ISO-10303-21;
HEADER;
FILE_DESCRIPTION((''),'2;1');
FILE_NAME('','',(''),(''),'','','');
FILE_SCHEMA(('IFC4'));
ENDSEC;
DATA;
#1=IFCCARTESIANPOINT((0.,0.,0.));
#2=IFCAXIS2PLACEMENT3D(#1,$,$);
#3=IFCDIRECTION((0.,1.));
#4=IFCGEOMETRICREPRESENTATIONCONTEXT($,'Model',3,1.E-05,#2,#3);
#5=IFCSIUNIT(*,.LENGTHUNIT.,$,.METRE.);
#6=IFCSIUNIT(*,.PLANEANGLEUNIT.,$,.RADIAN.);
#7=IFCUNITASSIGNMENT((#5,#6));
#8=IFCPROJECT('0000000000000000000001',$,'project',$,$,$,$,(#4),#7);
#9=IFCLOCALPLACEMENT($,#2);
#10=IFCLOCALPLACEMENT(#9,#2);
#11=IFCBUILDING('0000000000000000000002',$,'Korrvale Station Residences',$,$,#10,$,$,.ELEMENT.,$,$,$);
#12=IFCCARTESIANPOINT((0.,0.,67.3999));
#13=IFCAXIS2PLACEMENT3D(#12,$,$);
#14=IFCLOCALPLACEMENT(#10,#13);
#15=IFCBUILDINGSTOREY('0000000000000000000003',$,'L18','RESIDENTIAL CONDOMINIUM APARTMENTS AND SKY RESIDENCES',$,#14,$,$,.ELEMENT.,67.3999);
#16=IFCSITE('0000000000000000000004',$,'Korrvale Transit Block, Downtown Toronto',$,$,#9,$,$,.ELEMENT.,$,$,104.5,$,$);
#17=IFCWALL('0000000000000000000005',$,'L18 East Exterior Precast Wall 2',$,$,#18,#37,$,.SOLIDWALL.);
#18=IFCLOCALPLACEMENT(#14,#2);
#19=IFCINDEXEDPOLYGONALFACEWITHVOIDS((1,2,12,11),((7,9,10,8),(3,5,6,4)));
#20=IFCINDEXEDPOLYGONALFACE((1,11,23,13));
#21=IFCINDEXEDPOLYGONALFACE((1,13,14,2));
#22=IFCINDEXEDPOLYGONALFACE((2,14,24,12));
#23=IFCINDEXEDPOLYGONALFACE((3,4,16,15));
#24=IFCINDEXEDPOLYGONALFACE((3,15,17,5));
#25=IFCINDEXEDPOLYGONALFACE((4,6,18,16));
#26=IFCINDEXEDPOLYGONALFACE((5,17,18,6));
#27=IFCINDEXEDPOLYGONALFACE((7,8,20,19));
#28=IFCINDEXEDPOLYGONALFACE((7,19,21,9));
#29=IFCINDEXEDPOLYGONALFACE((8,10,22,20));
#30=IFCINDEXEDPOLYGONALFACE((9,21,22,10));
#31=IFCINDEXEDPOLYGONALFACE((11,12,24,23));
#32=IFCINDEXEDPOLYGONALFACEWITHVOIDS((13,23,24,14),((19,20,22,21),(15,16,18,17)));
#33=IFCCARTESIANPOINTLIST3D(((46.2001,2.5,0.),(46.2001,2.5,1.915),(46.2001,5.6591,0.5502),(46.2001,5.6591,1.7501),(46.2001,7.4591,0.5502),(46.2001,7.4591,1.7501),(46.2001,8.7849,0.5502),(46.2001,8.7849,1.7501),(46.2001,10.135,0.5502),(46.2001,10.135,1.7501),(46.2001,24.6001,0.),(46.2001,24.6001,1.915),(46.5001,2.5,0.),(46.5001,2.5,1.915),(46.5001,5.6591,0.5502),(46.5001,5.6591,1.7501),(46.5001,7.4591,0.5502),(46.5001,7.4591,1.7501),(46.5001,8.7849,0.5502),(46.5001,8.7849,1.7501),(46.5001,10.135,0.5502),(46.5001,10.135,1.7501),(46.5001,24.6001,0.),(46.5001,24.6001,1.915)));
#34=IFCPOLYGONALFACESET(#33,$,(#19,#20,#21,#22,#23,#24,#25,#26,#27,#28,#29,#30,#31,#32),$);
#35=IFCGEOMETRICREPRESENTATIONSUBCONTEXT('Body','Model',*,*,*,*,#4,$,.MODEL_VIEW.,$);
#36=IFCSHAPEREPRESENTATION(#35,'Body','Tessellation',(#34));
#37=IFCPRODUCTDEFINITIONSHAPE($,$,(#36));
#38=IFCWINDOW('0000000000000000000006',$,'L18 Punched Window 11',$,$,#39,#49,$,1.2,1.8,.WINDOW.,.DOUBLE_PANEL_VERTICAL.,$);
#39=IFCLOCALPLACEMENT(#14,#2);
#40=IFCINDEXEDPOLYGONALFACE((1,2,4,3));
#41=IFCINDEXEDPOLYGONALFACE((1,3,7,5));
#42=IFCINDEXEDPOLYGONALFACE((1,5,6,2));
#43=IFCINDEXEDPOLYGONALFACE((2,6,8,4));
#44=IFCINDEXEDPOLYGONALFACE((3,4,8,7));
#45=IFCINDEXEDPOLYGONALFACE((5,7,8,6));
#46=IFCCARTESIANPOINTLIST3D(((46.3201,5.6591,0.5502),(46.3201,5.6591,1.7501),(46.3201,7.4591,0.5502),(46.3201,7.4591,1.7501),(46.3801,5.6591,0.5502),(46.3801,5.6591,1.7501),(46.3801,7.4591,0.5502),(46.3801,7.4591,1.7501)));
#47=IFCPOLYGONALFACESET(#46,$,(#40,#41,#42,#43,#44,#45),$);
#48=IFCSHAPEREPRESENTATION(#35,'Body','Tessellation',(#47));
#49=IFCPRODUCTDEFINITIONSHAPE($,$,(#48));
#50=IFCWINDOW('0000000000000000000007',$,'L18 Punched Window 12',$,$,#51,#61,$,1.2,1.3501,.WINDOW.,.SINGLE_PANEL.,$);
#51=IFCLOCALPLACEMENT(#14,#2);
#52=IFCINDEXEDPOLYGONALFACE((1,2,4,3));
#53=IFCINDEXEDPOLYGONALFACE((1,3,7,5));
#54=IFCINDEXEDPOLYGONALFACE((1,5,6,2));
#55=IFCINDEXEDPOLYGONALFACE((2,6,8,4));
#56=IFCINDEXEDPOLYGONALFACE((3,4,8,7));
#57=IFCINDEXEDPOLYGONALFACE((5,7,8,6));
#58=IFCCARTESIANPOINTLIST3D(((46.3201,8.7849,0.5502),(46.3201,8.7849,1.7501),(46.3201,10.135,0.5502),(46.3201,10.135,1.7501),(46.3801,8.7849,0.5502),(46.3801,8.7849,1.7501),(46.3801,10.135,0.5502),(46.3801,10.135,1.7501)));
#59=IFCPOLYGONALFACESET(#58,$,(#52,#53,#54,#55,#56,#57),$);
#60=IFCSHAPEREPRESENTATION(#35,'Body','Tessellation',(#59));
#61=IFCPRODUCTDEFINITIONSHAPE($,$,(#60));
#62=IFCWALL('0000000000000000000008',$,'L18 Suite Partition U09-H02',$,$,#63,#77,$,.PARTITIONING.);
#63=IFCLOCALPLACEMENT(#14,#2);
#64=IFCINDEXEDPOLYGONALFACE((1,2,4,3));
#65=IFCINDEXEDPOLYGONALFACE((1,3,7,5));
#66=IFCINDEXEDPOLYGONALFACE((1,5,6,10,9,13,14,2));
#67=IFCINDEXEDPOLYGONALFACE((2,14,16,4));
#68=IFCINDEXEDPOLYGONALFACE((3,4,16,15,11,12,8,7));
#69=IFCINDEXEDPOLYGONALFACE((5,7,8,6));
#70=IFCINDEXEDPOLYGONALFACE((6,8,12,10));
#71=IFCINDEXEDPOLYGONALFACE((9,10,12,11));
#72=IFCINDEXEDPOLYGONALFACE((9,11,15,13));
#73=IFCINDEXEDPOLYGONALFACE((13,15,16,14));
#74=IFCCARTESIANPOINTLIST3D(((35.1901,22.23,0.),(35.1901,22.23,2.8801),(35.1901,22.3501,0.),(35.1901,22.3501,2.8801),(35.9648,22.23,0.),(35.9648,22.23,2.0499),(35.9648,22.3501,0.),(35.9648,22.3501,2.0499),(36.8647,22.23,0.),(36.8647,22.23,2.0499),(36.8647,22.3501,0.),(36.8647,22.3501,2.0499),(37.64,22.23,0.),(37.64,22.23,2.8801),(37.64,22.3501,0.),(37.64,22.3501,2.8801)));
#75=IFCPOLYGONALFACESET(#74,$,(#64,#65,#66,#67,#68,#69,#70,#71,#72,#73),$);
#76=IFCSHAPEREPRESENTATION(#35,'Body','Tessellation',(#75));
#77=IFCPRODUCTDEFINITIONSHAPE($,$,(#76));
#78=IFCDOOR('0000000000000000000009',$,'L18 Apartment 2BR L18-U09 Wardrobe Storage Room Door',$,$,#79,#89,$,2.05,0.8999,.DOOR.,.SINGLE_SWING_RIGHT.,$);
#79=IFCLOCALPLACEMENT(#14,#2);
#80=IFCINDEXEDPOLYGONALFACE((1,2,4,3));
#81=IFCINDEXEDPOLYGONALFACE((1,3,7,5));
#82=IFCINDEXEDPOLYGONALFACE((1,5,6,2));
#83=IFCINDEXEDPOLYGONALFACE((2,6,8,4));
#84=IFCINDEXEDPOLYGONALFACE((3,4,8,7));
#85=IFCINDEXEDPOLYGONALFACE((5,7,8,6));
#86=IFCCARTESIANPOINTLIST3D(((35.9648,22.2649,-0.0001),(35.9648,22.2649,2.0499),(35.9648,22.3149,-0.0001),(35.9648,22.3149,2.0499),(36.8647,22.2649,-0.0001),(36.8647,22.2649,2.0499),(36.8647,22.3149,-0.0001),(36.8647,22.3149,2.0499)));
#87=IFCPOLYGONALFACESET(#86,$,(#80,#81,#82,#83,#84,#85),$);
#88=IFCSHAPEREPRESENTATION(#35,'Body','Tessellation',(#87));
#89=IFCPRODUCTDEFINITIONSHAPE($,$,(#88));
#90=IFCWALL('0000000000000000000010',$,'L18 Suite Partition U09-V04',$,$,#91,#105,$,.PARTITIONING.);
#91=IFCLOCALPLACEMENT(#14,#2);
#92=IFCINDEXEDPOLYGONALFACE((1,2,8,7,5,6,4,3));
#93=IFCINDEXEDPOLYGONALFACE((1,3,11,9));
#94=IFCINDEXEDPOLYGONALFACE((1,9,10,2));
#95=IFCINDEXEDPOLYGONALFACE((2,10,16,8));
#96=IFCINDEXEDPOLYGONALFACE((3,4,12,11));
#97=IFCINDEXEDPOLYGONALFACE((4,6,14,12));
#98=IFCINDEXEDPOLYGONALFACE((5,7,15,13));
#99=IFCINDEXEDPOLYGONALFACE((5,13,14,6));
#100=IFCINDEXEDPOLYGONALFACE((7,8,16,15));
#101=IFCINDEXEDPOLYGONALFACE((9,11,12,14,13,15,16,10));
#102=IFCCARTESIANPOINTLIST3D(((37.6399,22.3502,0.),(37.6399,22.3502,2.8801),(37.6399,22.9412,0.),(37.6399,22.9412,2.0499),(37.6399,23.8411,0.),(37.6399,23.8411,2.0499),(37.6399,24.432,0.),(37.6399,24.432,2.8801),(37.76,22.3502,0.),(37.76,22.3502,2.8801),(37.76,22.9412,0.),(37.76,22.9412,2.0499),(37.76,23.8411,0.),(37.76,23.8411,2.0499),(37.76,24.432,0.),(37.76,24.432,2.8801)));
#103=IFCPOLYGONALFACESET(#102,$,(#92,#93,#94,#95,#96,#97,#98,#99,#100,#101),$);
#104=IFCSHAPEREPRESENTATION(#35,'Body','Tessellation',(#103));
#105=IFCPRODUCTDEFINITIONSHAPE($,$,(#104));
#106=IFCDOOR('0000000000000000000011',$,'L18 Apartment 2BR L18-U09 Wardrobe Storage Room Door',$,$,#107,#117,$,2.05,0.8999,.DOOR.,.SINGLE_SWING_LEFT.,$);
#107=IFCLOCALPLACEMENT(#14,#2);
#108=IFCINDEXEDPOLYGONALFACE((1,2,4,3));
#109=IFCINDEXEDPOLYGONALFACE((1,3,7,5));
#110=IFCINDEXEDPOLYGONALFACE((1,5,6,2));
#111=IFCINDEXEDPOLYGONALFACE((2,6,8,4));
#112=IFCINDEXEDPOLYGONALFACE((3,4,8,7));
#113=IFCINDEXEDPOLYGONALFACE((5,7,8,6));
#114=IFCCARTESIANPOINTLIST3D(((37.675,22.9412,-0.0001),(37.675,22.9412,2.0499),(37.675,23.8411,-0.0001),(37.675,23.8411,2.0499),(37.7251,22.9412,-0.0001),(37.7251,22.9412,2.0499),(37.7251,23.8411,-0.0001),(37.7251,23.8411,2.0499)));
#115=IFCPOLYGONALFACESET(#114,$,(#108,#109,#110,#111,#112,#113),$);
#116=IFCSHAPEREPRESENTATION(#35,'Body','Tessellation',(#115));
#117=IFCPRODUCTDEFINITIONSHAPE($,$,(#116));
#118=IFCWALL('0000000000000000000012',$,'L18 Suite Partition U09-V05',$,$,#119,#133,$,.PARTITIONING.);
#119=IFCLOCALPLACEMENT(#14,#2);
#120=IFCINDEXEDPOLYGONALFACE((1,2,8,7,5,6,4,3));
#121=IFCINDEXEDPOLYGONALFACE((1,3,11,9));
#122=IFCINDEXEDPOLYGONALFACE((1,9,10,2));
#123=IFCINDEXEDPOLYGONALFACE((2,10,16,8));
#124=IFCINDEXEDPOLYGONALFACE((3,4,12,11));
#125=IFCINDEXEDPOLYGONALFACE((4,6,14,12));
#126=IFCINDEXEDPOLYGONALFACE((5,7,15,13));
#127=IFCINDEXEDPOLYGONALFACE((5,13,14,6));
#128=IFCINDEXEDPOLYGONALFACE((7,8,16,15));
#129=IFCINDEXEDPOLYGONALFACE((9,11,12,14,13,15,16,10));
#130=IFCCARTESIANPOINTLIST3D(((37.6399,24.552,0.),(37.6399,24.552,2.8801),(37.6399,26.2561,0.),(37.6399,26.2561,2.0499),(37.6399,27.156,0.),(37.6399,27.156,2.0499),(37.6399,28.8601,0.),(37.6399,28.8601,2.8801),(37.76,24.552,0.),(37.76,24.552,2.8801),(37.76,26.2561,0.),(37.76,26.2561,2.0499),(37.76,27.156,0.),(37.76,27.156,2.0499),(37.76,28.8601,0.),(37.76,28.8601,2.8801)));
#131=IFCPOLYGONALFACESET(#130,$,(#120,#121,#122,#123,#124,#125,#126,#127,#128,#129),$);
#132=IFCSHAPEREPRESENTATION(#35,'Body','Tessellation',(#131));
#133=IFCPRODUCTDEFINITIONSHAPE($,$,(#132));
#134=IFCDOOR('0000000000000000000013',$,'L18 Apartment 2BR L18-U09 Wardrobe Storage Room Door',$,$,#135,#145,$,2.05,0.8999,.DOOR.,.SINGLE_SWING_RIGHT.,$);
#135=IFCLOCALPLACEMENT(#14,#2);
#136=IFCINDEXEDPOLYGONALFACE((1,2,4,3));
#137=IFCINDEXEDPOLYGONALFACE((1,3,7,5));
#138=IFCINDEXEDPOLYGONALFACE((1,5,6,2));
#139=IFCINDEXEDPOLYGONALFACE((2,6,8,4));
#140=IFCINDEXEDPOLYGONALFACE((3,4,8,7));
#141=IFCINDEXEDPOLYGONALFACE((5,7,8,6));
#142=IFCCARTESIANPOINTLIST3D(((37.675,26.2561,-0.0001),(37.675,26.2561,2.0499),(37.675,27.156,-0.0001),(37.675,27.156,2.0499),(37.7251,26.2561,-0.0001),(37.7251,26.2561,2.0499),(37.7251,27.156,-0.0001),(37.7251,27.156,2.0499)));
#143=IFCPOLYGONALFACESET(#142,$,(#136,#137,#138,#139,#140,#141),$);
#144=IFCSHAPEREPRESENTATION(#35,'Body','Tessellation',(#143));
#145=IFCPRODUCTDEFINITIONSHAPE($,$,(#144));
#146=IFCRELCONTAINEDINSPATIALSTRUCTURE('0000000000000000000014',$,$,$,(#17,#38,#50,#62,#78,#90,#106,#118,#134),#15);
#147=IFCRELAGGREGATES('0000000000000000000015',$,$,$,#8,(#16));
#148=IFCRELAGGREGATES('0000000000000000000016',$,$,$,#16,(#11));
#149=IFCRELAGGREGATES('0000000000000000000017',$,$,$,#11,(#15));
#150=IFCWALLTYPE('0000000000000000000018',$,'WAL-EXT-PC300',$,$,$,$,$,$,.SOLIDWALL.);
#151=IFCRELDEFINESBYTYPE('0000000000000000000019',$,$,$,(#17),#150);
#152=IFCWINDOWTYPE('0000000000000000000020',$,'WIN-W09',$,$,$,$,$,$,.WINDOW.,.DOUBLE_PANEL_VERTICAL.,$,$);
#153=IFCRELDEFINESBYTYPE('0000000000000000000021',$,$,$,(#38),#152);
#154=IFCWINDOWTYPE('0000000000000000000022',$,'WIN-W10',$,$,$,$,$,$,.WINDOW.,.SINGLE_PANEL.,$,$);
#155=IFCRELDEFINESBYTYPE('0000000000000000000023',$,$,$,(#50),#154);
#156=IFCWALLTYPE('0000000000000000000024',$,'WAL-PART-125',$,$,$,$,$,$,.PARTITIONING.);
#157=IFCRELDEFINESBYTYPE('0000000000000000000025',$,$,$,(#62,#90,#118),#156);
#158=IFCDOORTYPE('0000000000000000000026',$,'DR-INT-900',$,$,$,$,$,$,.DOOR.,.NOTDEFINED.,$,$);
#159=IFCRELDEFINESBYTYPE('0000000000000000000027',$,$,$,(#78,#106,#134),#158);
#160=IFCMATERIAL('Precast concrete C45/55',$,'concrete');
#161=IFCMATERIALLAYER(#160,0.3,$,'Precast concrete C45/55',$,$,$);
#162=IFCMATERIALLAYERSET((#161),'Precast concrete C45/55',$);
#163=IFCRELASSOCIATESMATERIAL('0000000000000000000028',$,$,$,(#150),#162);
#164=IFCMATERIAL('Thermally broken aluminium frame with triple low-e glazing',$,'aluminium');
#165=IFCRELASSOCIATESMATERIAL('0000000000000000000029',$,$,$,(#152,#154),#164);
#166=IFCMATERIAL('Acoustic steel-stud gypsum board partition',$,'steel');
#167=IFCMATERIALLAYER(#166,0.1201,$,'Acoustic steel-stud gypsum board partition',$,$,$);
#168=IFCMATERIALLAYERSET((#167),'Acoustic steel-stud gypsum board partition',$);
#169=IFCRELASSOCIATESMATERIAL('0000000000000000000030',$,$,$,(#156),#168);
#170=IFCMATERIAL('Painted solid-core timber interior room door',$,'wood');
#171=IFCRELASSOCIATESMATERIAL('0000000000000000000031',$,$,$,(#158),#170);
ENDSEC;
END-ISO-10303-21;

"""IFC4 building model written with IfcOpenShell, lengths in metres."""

from ifc_helpers import new_model, si_unit, direction, frame, frame_2d, origin, place, context, subcontext, project, spatial, rectangle, extrude, material, layer, layer_set, type_object, element, fill, save


model = new_model("IFC4")

# Units and contexts
model_context = context("Model", 3, precision=1e-05, world=origin(), true_north=direction((0.0, 1.0)))
body_context = subcontext(model_context, "Body", "Model", "MODEL_VIEW")
ifc_project = project(units=[si_unit("LENGTHUNIT", "METRE"), si_unit("PLANEANGLEUNIT", "RADIAN")], contexts=[model_context])

# Site, building, storey
site_placement = place(None, origin())
site = spatial("IfcSite", under=ifc_project, at=site_placement, Name="Korrvale Transit Block, Downtown Toronto", CompositionType="ELEMENT", RefElevation=104.5)
building_placement = place(site_placement, origin())
building = spatial("IfcBuilding", under=site, at=building_placement, Name="Korrvale Station Residences", CompositionType="ELEMENT")
storey_placement = place(building_placement, frame((0.0, 0.0, 67.3999)))
storey = spatial("IfcBuildingStorey", under=building, at=storey_placement, Name="L18", Description="RESIDENTIAL CONDOMINIUM APARTMENTS AND SKY RESIDENCES", CompositionType="ELEMENT", Elevation=67.3999)

# Shared definitions
ifc_material_1 = material(Name="Precast concrete C45/55", Category="concrete")

# Shared definitions
ifc_material_2 = material(Name="Thermally broken aluminium frame with triple low-e glazing", Category="aluminium")

# Wall, openings, windows
ifc_layer_1 = layer(ifc_material_1, 0.3, Name="Precast concrete C45/55")
ifc_layer_set_1 = layer_set([ifc_layer_1], Name="Precast concrete C45/55")
wall_type_1 = type_object("IfcWallType", Name="WAL-EXT-PC300", PredefinedType="SOLIDWALL", material=ifc_layer_set_1)
wall_1_placement = place(storey_placement, frame((46.3501, 24.6001, 0.0), z_axis=(0.0, 0.0, 1.0), x_axis=(0.0, -1.0, 0.0)))
wall_1 = element("IfcWall", 1, at=wall_1_placement, inside=storey, type_object=wall_type_1, Name="L18 East Exterior Precast Wall 2", PredefinedType="SOLIDWALL", context=body_context, shape_type="SweptSolid", body=[
    extrude(rectangle(XDim=22.1001, YDim=0.3, at=frame_2d((11.05, 0.0))), origin(), (0.0, 0.0, 1.0), 1.915),
])
opening_1_placement = place(wall_1_placement, frame((17.1411, 0.0, 0.55)))
opening_1 = element("IfcOpeningElement", 2, at=opening_1_placement, cuts=wall_1, PredefinedType="OPENING", context=body_context, shape_type="SweptSolid", body=[
    extrude(rectangle(XDim=1.8, YDim=1.2, at=frame_2d((0.8999, 0.6001))), frame((0.0, 0.1602, 0.0), z_axis=(0.0, -1.0, 0.0), x_axis=(1.0, 0.0, 0.0)), (0.0, 0.0, 1.0), 0.3201),
])
opening_2_placement = place(wall_1_placement, frame((14.4651, 0.0, 0.55)))
opening_2 = element("IfcOpeningElement", 3, at=opening_2_placement, cuts=wall_1, PredefinedType="OPENING", context=body_context, shape_type="SweptSolid", body=[
    extrude(rectangle(XDim=1.3501, YDim=1.2, at=frame_2d((0.675, 0.6001))), frame((0.0, 0.1602, 0.0), z_axis=(0.0, -1.0, 0.0), x_axis=(1.0, 0.0, 0.0)), (0.0, 0.0, 1.0), 0.3201),
])
window_type_1 = type_object("IfcWindowType", Name="WIN-W09", PartitioningType="DOUBLE_PANEL_VERTICAL", PredefinedType="WINDOW", material=ifc_material_2)
window_1_placement = place(opening_1_placement, origin())
window_1 = element("IfcWindow", 4, at=window_1_placement, inside=storey, type_object=window_type_1, Name="L18 Punched Window 11", OverallHeight=1.2, OverallWidth=1.8, PartitioningType="DOUBLE_PANEL_VERTICAL", PredefinedType="WINDOW", context=body_context, shape_type="SweptSolid", body=[
    extrude(rectangle(XDim=1.8, YDim=1.2, at=frame_2d((0.8999, 0.6001))), frame((0.0, 0.03, 0.0), z_axis=(0.0, -1.0, 0.0), x_axis=(1.0, 0.0, 0.0)), (0.0, 0.0, 1.0), 0.0601),
])
fill(opening_1, window_1)
window_type_2 = type_object("IfcWindowType", Name="WIN-W10", PartitioningType="SINGLE_PANEL", PredefinedType="WINDOW", material=ifc_material_2)
window_2_placement = place(opening_2_placement, origin())
window_2 = element("IfcWindow", 5, at=window_2_placement, inside=storey, type_object=window_type_2, Name="L18 Punched Window 12", OverallHeight=1.2, OverallWidth=1.3501, PartitioningType="SINGLE_PANEL", PredefinedType="WINDOW", context=body_context, shape_type="SweptSolid", body=[
    extrude(rectangle(XDim=1.3501, YDim=1.2, at=frame_2d((0.675, 0.6001))), frame((0.0, 0.03, 0.0), z_axis=(0.0, -1.0, 0.0), x_axis=(1.0, 0.0, 0.0)), (0.0, 0.0, 1.0), 0.0601),
])
fill(opening_2, window_2)

# Walls, openings, doors
ifc_material_3 = material(Name="Acoustic steel-stud gypsum board partition", Category="steel")
ifc_layer_2 = layer(ifc_material_3, 0.1201, Name="Acoustic steel-stud gypsum board partition")
ifc_layer_set_2 = layer_set([ifc_layer_2], Name="Acoustic steel-stud gypsum board partition")
wall_type_2 = type_object("IfcWallType", Name="WAL-PART-125", PredefinedType="PARTITIONING", material=ifc_layer_set_2)
wall_2_placement = place(storey_placement, frame((35.1899, 22.29, 0.0), z_axis=(0.0, 0.0, 1.0), x_axis=(1.0, 0.0, 0.0)))
wall_2 = element("IfcWall", 6, at=wall_2_placement, inside=storey, type_object=wall_type_2, Name="L18 Suite Partition U09-H02", PredefinedType="PARTITIONING", context=body_context, shape_type="SweptSolid", body=[
    extrude(rectangle(XDim=2.45, YDim=0.1201, at=frame_2d((1.2251, 0.0))), origin(), (0.0, 0.0, 1.0), 2.8801),
])
opening_3_placement = place(wall_2_placement, frame((0.7749, 0.0, 0.0)))
opening_3 = element("IfcOpeningElement", 7, at=opening_3_placement, cuts=wall_2, PredefinedType="OPENING", context=body_context, shape_type="SweptSolid", body=[
    extrude(rectangle(XDim=0.8999, YDim=2.05, at=frame_2d((0.45, 1.0249))), frame((0.0, 0.0701, 0.0), z_axis=(0.0, -1.0, 0.0), x_axis=(1.0, 0.0, 0.0)), (0.0, 0.0, 1.0), 0.1401),
])
ifc_material_4 = material(Name="Painted solid-core timber interior room door", Category="wood")
door_type_1 = type_object("IfcDoorType", Name="DR-INT-900", OperationType="NOTDEFINED", PredefinedType="DOOR", material=ifc_material_4)
door_1_placement = place(opening_3_placement, origin())
door_1 = element("IfcDoor", 8, at=door_1_placement, inside=storey, type_object=door_type_1, Name="L18 Apartment 2BR L18-U09 Wardrobe Storage Room Door", OperationType="SINGLE_SWING_RIGHT", OverallHeight=2.05, OverallWidth=0.8999, PredefinedType="DOOR", context=body_context, shape_type="SweptSolid", body=[
    extrude(rectangle(XDim=0.8999, YDim=2.05, at=frame_2d((0.45, 1.0249))), frame((0.0, 0.0249, 0.0), z_axis=(0.0, -1.0, 0.0), x_axis=(1.0, 0.0, 0.0)), (0.0, 0.0, 1.0), 0.05),
])
fill(opening_3, door_1)
wall_3_placement = place(storey_placement, frame((37.7, 22.3501, 0.0), z_axis=(0.0, 0.0, 1.0), x_axis=(0.0, 1.0, 0.0)))
wall_3 = element("IfcWall", 9, at=wall_3_placement, inside=storey, type_object=wall_type_2, Name="L18 Suite Partition U09-V04", PredefinedType="PARTITIONING", context=body_context, shape_type="SweptSolid", body=[
    extrude(rectangle(XDim=2.0818, YDim=0.1201, at=frame_2d((1.041, 0.0))), origin(), (0.0, 0.0, 1.0), 2.8801),
])
opening_4_placement = place(wall_3_placement, frame((0.5911, 0.0, 0.0)))
opening_4 = element("IfcOpeningElement", 10, at=opening_4_placement, cuts=wall_3, PredefinedType="OPENING", context=body_context, shape_type="SweptSolid", body=[
    extrude(rectangle(XDim=0.8999, YDim=2.05, at=frame_2d((0.45, 1.0249))), frame((0.0, 0.0701, 0.0), z_axis=(0.0, -1.0, 0.0), x_axis=(1.0, 0.0, 0.0)), (0.0, 0.0, 1.0), 0.1401),
])
door_2_placement = place(opening_4_placement, origin())
door_2 = element("IfcDoor", 11, at=door_2_placement, inside=storey, type_object=door_type_1, Name="L18 Apartment 2BR L18-U09 Wardrobe Storage Room Door", OperationType="SINGLE_SWING_LEFT", OverallHeight=2.05, OverallWidth=0.8999, PredefinedType="DOOR", context=body_context, shape_type="SweptSolid", body=[
    extrude(rectangle(XDim=0.8999, YDim=2.05, at=frame_2d((0.45, 1.0249))), frame((0.0, 0.0249, 0.0), z_axis=(0.0, -1.0, 0.0), x_axis=(1.0, 0.0, 0.0)), (0.0, 0.0, 1.0), 0.05),
])
fill(opening_4, door_2)
wall_4_placement = place(storey_placement, frame((37.7, 24.552, 0.0), z_axis=(0.0, 0.0, 1.0), x_axis=(0.0, 1.0, 0.0)))
wall_4 = element("IfcWall", 12, at=wall_4_placement, inside=storey, type_object=wall_type_2, Name="L18 Suite Partition U09-V05", PredefinedType="PARTITIONING", context=body_context, shape_type="SweptSolid", body=[
    extrude(rectangle(XDim=4.3081, YDim=0.1201, at=frame_2d((2.1541, 0.0))), origin(), (0.0, 0.0, 1.0), 2.8801),
])
opening_5_placement = place(wall_4_placement, frame((1.7041, 0.0, 0.0)))
opening_5 = element("IfcOpeningElement", 13, at=opening_5_placement, cuts=wall_4, PredefinedType="OPENING", context=body_context, shape_type="SweptSolid", body=[
    extrude(rectangle(XDim=0.8999, YDim=2.05, at=frame_2d((0.45, 1.0249))), frame((0.0, 0.0701, 0.0), z_axis=(0.0, -1.0, 0.0), x_axis=(1.0, 0.0, 0.0)), (0.0, 0.0, 1.0), 0.1401),
])
door_3_placement = place(opening_5_placement, origin())
door_3 = element("IfcDoor", 14, at=door_3_placement, inside=storey, type_object=door_type_1, Name="L18 Apartment 2BR L18-U09 Wardrobe Storage Room Door", OperationType="SINGLE_SWING_RIGHT", OverallHeight=2.05, OverallWidth=0.8999, PredefinedType="DOOR", context=body_context, shape_type="SweptSolid", body=[
    extrude(rectangle(XDim=0.8999, YDim=2.05, at=frame_2d((0.45, 1.0249))), frame((0.0, 0.0249, 0.0), z_axis=(0.0, -1.0, 0.0), x_axis=(1.0, 0.0, 0.0)), (0.0, 0.0, 1.0), 0.05),
])
fill(opening_5, door_3)

save(model, "model.ifc")
